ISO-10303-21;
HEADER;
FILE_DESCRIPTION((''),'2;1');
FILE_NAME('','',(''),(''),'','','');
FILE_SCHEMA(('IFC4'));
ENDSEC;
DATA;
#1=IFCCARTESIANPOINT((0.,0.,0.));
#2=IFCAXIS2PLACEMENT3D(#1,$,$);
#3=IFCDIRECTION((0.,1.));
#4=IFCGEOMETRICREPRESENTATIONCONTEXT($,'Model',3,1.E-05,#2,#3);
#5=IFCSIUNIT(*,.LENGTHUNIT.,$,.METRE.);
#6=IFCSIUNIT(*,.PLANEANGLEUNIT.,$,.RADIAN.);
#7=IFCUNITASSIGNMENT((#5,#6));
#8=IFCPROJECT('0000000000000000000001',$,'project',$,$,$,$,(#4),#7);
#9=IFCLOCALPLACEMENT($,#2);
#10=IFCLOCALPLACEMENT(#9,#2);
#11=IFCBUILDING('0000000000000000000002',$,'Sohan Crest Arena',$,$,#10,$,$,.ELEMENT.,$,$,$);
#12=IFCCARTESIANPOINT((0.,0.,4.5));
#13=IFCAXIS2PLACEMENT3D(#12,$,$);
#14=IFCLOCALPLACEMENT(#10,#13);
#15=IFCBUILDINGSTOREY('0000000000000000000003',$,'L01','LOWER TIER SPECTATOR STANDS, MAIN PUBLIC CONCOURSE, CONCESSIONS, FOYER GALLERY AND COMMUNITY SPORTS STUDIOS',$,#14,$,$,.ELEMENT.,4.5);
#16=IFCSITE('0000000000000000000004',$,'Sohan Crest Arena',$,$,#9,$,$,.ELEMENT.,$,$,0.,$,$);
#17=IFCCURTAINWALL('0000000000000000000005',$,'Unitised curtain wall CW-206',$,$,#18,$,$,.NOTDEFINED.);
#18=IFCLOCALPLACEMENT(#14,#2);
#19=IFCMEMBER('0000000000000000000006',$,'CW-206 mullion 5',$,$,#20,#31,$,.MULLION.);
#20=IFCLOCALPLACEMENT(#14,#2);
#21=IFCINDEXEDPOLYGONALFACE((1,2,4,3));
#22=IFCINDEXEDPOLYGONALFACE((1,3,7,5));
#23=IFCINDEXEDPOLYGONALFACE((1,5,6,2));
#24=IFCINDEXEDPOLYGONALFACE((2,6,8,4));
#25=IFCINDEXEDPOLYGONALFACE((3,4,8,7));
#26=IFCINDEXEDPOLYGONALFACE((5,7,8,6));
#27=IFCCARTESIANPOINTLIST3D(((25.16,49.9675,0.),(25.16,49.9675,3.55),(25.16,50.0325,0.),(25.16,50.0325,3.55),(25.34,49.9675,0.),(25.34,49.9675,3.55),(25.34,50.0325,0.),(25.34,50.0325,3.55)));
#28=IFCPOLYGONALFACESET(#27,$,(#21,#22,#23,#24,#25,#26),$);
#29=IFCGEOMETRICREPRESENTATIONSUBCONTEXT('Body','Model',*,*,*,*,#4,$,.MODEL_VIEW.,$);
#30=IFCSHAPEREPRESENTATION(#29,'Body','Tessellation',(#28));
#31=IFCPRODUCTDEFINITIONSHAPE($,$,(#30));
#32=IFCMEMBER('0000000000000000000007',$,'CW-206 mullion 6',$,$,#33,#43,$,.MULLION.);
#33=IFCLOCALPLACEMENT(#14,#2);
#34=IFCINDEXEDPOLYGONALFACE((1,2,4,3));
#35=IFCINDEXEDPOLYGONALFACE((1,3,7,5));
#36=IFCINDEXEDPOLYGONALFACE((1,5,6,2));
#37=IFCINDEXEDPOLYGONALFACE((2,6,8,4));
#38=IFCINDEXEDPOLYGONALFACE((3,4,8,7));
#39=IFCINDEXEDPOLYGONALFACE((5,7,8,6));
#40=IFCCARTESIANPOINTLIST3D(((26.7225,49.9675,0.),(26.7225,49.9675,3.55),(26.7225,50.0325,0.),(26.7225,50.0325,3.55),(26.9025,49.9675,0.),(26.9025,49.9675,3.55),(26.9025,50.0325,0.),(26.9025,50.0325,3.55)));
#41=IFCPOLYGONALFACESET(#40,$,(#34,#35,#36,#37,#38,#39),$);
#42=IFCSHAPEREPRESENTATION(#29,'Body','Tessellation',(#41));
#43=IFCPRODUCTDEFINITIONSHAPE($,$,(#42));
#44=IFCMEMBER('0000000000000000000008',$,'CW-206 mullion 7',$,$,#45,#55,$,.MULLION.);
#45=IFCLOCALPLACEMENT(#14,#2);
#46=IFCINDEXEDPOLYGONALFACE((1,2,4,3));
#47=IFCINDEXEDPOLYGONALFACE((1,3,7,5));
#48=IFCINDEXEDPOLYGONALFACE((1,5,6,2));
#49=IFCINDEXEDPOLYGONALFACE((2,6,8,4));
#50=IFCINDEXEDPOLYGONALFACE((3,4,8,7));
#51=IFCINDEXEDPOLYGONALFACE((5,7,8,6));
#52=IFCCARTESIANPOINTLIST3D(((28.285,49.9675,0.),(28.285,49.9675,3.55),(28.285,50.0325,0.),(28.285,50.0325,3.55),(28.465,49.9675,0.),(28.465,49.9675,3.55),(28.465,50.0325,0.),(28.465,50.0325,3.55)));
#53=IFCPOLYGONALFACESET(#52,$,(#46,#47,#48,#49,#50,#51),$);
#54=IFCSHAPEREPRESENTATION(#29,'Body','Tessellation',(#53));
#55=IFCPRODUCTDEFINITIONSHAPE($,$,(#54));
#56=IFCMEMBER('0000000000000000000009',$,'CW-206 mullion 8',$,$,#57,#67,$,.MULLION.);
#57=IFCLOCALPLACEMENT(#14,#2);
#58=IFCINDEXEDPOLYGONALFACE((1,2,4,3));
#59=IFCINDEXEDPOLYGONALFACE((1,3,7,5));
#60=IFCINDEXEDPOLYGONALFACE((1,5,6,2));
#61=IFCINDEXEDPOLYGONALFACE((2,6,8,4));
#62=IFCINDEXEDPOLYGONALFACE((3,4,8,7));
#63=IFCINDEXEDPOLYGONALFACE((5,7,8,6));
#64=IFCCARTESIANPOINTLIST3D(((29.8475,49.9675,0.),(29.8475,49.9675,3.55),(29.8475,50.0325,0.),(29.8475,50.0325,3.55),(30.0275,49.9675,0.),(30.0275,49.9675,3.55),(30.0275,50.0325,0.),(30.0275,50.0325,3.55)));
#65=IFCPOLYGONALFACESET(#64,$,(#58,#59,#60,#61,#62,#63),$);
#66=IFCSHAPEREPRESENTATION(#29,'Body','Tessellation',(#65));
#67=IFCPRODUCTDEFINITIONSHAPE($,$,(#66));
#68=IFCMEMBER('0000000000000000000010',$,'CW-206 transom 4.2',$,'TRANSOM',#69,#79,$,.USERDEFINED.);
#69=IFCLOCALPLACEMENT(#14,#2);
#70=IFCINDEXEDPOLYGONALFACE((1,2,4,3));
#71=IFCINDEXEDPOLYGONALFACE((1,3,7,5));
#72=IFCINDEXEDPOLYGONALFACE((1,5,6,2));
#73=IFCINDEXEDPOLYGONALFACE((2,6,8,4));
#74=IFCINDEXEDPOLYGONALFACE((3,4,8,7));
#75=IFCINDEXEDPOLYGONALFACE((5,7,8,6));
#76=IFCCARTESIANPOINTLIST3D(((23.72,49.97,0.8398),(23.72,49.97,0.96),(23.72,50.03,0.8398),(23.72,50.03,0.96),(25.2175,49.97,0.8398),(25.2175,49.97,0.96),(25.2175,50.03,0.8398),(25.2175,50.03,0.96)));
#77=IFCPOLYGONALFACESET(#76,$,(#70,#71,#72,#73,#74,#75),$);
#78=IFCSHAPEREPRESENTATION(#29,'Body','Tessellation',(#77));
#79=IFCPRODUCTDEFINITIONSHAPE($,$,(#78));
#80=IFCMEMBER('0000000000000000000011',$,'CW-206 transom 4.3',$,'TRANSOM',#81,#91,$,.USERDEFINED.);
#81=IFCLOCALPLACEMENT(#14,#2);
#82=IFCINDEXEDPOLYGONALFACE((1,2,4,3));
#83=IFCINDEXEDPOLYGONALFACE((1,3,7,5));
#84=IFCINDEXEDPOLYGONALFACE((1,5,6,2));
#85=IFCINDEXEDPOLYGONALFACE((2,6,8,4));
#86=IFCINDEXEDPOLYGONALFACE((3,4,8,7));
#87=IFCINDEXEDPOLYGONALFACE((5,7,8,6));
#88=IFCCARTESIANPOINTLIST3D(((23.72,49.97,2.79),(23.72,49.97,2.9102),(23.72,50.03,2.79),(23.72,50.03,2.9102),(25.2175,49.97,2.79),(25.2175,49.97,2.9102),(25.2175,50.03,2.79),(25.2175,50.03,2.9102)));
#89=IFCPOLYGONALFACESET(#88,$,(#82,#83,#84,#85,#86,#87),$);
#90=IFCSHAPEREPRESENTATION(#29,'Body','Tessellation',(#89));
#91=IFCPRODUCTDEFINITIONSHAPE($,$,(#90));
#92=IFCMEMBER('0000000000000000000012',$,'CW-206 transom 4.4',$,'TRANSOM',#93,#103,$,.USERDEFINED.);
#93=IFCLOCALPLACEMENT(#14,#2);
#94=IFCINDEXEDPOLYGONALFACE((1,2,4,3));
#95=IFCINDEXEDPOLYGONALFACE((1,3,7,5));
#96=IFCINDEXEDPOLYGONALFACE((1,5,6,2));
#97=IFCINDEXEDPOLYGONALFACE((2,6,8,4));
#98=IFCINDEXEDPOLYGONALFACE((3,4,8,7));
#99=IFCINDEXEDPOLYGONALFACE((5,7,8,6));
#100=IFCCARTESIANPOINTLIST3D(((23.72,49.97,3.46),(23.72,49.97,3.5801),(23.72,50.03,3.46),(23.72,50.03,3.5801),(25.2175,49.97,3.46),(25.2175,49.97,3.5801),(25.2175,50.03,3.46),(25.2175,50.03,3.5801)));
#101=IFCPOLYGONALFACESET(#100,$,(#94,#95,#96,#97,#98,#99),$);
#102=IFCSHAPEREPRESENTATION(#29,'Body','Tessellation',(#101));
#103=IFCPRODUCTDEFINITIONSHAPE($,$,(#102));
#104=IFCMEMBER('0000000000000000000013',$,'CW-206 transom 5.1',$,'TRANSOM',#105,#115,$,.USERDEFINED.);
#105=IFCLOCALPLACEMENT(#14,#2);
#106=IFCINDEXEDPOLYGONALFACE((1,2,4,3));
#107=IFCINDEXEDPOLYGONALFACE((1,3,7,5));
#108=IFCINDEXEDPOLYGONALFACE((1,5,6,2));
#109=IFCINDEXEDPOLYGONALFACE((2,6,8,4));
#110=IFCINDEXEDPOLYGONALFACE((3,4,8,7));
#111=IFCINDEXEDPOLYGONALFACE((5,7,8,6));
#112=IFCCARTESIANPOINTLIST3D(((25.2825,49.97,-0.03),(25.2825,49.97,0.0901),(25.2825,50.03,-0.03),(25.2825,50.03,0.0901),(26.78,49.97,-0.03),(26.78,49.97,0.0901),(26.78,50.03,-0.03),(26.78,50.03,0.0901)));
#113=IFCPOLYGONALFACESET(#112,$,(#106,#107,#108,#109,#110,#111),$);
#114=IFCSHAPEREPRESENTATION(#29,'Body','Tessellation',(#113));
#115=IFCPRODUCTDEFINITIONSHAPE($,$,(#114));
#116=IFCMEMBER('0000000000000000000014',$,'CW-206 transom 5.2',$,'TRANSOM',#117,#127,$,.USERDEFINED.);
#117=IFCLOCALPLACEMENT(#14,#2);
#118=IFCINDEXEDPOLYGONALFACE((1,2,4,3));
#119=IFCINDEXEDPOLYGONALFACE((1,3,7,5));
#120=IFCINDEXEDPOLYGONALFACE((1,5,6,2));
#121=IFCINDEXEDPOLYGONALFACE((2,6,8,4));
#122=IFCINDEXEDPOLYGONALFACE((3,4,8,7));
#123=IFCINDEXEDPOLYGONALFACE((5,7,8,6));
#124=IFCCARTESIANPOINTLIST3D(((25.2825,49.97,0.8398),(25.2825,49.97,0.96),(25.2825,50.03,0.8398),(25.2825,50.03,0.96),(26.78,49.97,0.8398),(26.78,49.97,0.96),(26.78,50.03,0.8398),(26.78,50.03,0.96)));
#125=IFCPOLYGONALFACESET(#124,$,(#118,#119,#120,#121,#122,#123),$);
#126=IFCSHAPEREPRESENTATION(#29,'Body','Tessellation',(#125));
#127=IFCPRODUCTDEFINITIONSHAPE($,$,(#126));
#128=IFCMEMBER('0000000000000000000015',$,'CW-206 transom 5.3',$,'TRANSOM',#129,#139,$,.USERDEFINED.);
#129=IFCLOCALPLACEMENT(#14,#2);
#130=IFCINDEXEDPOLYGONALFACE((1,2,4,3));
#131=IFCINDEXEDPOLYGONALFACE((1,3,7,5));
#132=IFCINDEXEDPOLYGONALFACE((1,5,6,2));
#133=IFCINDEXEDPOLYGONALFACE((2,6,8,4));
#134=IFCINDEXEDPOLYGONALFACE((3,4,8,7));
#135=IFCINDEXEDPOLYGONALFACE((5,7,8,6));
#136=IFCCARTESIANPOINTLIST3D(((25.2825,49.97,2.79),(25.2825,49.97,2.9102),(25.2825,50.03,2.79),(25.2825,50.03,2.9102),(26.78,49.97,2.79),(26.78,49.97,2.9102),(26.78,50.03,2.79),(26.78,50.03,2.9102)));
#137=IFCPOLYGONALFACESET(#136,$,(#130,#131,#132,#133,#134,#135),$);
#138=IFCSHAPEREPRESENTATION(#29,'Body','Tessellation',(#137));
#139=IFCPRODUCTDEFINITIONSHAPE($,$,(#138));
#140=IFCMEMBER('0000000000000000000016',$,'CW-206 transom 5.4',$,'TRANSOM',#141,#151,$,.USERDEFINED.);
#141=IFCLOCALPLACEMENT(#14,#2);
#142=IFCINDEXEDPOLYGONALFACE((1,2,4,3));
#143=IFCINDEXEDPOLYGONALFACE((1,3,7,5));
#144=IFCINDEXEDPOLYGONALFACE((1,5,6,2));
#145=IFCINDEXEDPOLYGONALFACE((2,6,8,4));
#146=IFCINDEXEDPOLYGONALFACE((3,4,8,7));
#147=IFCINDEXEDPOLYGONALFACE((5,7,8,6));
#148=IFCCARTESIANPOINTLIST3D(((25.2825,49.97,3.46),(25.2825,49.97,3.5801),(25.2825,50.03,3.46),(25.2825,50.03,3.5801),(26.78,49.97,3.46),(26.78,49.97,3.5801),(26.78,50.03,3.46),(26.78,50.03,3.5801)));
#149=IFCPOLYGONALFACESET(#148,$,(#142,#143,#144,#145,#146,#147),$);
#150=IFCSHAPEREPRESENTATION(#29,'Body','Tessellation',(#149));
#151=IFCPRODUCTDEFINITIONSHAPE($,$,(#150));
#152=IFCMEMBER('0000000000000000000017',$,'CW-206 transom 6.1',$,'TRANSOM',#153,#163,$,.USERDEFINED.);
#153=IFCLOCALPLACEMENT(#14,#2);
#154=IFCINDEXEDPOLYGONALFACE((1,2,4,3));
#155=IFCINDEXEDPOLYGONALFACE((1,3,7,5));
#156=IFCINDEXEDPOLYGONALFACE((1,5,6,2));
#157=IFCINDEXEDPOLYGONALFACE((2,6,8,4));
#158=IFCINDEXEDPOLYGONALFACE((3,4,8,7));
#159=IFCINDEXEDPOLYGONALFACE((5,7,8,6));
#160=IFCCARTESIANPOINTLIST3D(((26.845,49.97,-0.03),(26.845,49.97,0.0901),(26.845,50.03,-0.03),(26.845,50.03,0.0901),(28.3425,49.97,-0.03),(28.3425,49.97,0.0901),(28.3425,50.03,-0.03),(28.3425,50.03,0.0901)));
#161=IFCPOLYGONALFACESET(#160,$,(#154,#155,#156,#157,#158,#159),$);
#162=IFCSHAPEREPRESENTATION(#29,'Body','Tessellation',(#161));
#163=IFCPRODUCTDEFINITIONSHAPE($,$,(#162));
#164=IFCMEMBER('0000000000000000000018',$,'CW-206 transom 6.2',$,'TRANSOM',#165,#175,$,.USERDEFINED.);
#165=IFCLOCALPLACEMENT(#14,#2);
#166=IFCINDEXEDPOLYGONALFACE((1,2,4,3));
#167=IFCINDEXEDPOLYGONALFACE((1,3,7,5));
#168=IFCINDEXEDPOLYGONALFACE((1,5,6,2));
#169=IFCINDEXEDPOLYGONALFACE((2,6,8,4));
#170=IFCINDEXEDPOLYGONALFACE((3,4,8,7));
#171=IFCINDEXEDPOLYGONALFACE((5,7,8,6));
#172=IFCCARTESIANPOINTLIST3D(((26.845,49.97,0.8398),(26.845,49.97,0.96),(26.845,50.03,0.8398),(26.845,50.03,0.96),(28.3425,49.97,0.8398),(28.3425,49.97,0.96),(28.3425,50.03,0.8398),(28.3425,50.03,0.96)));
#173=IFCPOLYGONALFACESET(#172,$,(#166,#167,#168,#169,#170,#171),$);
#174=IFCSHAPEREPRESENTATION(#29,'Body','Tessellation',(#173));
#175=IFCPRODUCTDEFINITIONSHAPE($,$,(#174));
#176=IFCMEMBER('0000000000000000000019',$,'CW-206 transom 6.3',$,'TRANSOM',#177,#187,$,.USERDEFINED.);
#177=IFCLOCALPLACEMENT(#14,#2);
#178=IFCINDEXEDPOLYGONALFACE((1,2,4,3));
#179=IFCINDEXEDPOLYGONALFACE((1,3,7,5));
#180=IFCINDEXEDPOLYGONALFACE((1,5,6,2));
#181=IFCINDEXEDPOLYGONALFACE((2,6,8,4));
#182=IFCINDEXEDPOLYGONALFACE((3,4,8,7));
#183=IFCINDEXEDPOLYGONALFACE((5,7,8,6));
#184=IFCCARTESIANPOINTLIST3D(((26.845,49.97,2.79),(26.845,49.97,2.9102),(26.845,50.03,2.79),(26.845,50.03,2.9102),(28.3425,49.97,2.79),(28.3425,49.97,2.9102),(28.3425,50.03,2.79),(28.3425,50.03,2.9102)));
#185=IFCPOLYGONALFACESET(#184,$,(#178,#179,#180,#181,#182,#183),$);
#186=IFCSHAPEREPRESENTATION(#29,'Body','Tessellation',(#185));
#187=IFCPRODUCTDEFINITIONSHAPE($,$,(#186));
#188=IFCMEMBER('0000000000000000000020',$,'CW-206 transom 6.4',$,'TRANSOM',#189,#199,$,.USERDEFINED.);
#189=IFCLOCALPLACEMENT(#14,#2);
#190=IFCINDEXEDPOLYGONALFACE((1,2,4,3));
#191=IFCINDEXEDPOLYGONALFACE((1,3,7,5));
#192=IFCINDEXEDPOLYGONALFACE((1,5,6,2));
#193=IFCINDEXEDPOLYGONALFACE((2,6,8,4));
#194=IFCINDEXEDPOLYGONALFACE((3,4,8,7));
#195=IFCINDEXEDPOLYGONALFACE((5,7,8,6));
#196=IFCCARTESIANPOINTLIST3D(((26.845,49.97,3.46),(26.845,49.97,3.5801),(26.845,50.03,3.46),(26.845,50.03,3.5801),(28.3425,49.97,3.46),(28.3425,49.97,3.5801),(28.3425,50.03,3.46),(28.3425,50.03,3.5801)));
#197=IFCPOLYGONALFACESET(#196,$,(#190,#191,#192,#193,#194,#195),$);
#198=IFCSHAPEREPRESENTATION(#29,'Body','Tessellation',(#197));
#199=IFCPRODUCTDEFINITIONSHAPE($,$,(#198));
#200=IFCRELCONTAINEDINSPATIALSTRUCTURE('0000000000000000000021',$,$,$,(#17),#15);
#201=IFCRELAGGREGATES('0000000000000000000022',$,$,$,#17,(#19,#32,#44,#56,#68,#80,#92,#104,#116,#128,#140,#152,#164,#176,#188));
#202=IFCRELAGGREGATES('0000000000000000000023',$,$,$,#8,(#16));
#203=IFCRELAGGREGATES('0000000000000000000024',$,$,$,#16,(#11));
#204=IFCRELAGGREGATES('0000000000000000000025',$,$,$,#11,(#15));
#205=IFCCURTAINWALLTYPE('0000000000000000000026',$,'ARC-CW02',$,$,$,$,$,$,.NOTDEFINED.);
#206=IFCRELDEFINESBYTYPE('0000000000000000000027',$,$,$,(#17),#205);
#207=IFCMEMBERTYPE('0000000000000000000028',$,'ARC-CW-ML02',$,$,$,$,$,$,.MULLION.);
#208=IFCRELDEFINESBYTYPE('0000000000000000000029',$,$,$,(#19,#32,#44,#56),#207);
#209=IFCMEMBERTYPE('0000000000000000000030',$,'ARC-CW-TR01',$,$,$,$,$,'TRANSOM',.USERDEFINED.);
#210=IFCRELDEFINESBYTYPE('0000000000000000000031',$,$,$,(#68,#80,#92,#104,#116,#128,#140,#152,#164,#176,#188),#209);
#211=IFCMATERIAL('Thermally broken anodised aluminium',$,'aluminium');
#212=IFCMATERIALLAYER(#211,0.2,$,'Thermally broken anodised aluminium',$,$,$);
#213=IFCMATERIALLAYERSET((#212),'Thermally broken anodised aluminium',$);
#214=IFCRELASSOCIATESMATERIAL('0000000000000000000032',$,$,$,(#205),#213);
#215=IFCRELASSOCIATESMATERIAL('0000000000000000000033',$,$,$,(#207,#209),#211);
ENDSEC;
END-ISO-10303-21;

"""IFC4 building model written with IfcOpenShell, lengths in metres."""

from ifc_helpers import new_model, si_unit, direction, frame, origin, origin_2d, place, context, subcontext, project, spatial, rectangle, extrude, material, layer, layer_set, material_profile, profile_set, type_object, element, aggregate, save


model = new_model("IFC4")

# Units and contexts
model_context = context("Model", 3, precision=1e-05, world=origin(), true_north=direction((0.0, 1.0)))
body_context = subcontext(model_context, "Body", "Model", "MODEL_VIEW")
ifc_project = project(units=[si_unit("LENGTHUNIT", "METRE"), si_unit("PLANEANGLEUNIT", "RADIAN")], contexts=[model_context])

# Site, building, storey
site_placement = place(None, origin())
site = spatial("IfcSite", under=ifc_project, at=site_placement, Name="Sohan Crest Arena", CompositionType="ELEMENT", RefElevation=0.0)
building_placement = place(site_placement, origin())
building = spatial("IfcBuilding", under=site, at=building_placement, Name="Sohan Crest Arena", CompositionType="ELEMENT")
storey_placement = place(building_placement, frame((0.0, 0.0, 4.5)))
storey = spatial("IfcBuildingStorey", under=building, at=storey_placement, Name="L01", Description="LOWER TIER SPECTATOR STANDS, MAIN PUBLIC CONCOURSE, CONCESSIONS, FOYER GALLERY AND COMMUNITY SPORTS STUDIOS", CompositionType="ELEMENT", Elevation=4.5)

# Curtain wall, members
ifc_material_1 = material(Name="Thermally broken anodised aluminium", Category="aluminium")
ifc_layer_1 = layer(ifc_material_1, 0.2, Name="Thermally broken anodised aluminium")
ifc_layer_set_1 = layer_set([ifc_layer_1], Name="Thermally broken anodised aluminium")
curtain_wall_type = type_object("IfcCurtainWallType", Name="ARC-CW02", PredefinedType="NOTDEFINED", material=ifc_layer_set_1)
curtain_wall_placement = place(storey_placement, origin())
curtain_wall = element("IfcCurtainWall", 1, at=curtain_wall_placement, inside=storey, type_object=curtain_wall_type, Name="Unitised curtain wall CW-206", PredefinedType="NOTDEFINED")
ifc_material_profile_1 = material_profile(ifc_material_1, rectangle(XDim=0.0649, YDim=0.1799, at=origin_2d()), Name="ALU-MULL 65x180")
ifc_profile_set_1 = profile_set([ifc_material_profile_1], Name="Thermally broken anodised aluminium")
member_type_1 = type_object("IfcMemberType", Name="ARC-CW-ML02", PredefinedType="MULLION", material=ifc_profile_set_1)
member_1_placement = place(storey_placement, frame((25.25, 50.0, 0.0), z_axis=(0.0, 0.0, 1.0), x_axis=(0.0, 1.0, 0.0)))
member_1 = element("IfcMember", 2, at=member_1_placement, type_object=member_type_1, Name="CW-206 mullion 5", PredefinedType="MULLION", context=body_context, shape_type="SweptSolid", body=[
    extrude(rectangle(XDim=0.0649, YDim=0.1799, at=origin_2d()), origin(), (0.0, 0.0, 1.0), 3.55),
])
member_2_placement = place(storey_placement, frame((26.8125, 50.0, 0.0), z_axis=(0.0, 0.0, 1.0), x_axis=(0.0, 1.0, 0.0)))
member_2 = element("IfcMember", 3, at=member_2_placement, type_object=member_type_1, Name="CW-206 mullion 6", PredefinedType="MULLION", context=body_context, shape_type="SweptSolid", body=[
    extrude(rectangle(XDim=0.0649, YDim=0.1799, at=origin_2d()), origin(), (0.0, 0.0, 1.0), 3.55),
])
member_3_placement = place(storey_placement, frame((28.375, 50.0, 0.0), z_axis=(0.0, 0.0, 1.0), x_axis=(0.0, 1.0, 0.0)))
member_3 = element("IfcMember", 4, at=member_3_placement, type_object=member_type_1, Name="CW-206 mullion 7", PredefinedType="MULLION", context=body_context, shape_type="SweptSolid", body=[
    extrude(rectangle(XDim=0.0649, YDim=0.1799, at=origin_2d()), origin(), (0.0, 0.0, 1.0), 3.55),
])
member_4_placement = place(storey_placement, frame((29.9375, 50.0, 0.0), z_axis=(0.0, 0.0, 1.0), x_axis=(0.0, 1.0, 0.0)))
member_4 = element("IfcMember", 5, at=member_4_placement, type_object=member_type_1, Name="CW-206 mullion 8", PredefinedType="MULLION", context=body_context, shape_type="SweptSolid", body=[
    extrude(rectangle(XDim=0.0649, YDim=0.1799, at=origin_2d()), origin(), (0.0, 0.0, 1.0), 3.55),
])
ifc_material_profile_2 = material_profile(ifc_material_1, rectangle(XDim=0.0601, YDim=0.1201, at=origin_2d()), Name="ALU-TRAN 60x120")
ifc_profile_set_2 = profile_set([ifc_material_profile_2], Name="Thermally broken anodised aluminium")
member_type_2 = type_object("IfcMemberType", Name="ARC-CW-TR01", ElementType="TRANSOM", PredefinedType="USERDEFINED", material=ifc_profile_set_2)
member_5_placement = place(storey_placement, frame((23.72, 50.0, 0.8999), z_axis=(1.0, 0.0, 0.0), x_axis=(0.0, 1.0, 0.0)))
member_5 = element("IfcMember", 6, at=member_5_placement, type_object=member_type_2, Name="CW-206 transom 4.2", ObjectType="TRANSOM", PredefinedType="USERDEFINED", context=body_context, shape_type="SweptSolid", body=[
    extrude(rectangle(XDim=0.0601, YDim=0.1201, at=origin_2d()), origin(), (0.0, 0.0, 1.0), 1.4976),
])
member_6_placement = place(storey_placement, frame((23.72, 50.0, 2.8501), z_axis=(1.0, 0.0, 0.0), x_axis=(0.0, 1.0, 0.0)))
member_6 = element("IfcMember", 7, at=member_6_placement, type_object=member_type_2, Name="CW-206 transom 4.3", ObjectType="TRANSOM", PredefinedType="USERDEFINED", context=body_context, shape_type="SweptSolid", body=[
    extrude(rectangle(XDim=0.0601, YDim=0.1201, at=origin_2d()), origin(), (0.0, 0.0, 1.0), 1.4976),
])
member_7_placement = place(storey_placement, frame((23.72, 50.0, 3.52), z_axis=(1.0, 0.0, 0.0), x_axis=(0.0, 1.0, 0.0)))
member_7 = element("IfcMember", 8, at=member_7_placement, type_object=member_type_2, Name="CW-206 transom 4.4", ObjectType="TRANSOM", PredefinedType="USERDEFINED", context=body_context, shape_type="SweptSolid", body=[
    extrude(rectangle(XDim=0.0601, YDim=0.1201, at=origin_2d()), origin(), (0.0, 0.0, 1.0), 1.4976),
])
member_8_placement = place(storey_placement, frame((25.2825, 50.0, 0.03), z_axis=(1.0, 0.0, 0.0), x_axis=(0.0, 1.0, 0.0)))
member_8 = element("IfcMember", 9, at=member_8_placement, type_object=member_type_2, Name="CW-206 transom 5.1", ObjectType="TRANSOM", PredefinedType="USERDEFINED", context=body_context, shape_type="SweptSolid", body=[
    extrude(rectangle(XDim=0.0601, YDim=0.1201, at=origin_2d()), origin(), (0.0, 0.0, 1.0), 1.4976),
])
member_9_placement = place(storey_placement, frame((25.2825, 50.0, 0.8999), z_axis=(1.0, 0.0, 0.0), x_axis=(0.0, 1.0, 0.0)))
member_9 = element("IfcMember", 10, at=member_9_placement, type_object=member_type_2, Name="CW-206 transom 5.2", ObjectType="TRANSOM", PredefinedType="USERDEFINED", context=body_context, shape_type="SweptSolid", body=[
    extrude(rectangle(XDim=0.0601, YDim=0.1201, at=origin_2d()), origin(), (0.0, 0.0, 1.0), 1.4976),
])
member_10_placement = place(storey_placement, frame((25.2825, 50.0, 2.8501), z_axis=(1.0, 0.0, 0.0), x_axis=(0.0, 1.0, 0.0)))
member_10 = element("IfcMember", 11, at=member_10_placement, type_object=member_type_2, Name="CW-206 transom 5.3", ObjectType="TRANSOM", PredefinedType="USERDEFINED", context=body_context, shape_type="SweptSolid", body=[
    extrude(rectangle(XDim=0.0601, YDim=0.1201, at=origin_2d()), origin(), (0.0, 0.0, 1.0), 1.4976),
])
member_11_placement = place(storey_placement, frame((25.2825, 50.0, 3.52), z_axis=(1.0, 0.0, 0.0), x_axis=(0.0, 1.0, 0.0)))
member_11 = element("IfcMember", 12, at=member_11_placement, type_object=member_type_2, Name="CW-206 transom 5.4", ObjectType="TRANSOM", PredefinedType="USERDEFINED", context=body_context, shape_type="SweptSolid", body=[
    extrude(rectangle(XDim=0.0601, YDim=0.1201, at=origin_2d()), origin(), (0.0, 0.0, 1.0), 1.4976),
])
member_12_placement = place(storey_placement, frame((26.845, 50.0, 0.03), z_axis=(1.0, 0.0, 0.0), x_axis=(0.0, 1.0, 0.0)))
member_12 = element("IfcMember", 13, at=member_12_placement, type_object=member_type_2, Name="CW-206 transom 6.1", ObjectType="TRANSOM", PredefinedType="USERDEFINED", context=body_context, shape_type="SweptSolid", body=[
    extrude(rectangle(XDim=0.0601, YDim=0.1201, at=origin_2d()), origin(), (0.0, 0.0, 1.0), 1.4976),
])
member_13_placement = place(storey_placement, frame((26.845, 50.0, 0.8999), z_axis=(1.0, 0.0, 0.0), x_axis=(0.0, 1.0, 0.0)))
member_13 = element("IfcMember", 14, at=member_13_placement, type_object=member_type_2, Name="CW-206 transom 6.2", ObjectType="TRANSOM", PredefinedType="USERDEFINED", context=body_context, shape_type="SweptSolid", body=[
    extrude(rectangle(XDim=0.0601, YDim=0.1201, at=origin_2d()), origin(), (0.0, 0.0, 1.0), 1.4976),
])
member_14_placement = place(storey_placement, frame((26.845, 50.0, 2.8501), z_axis=(1.0, 0.0, 0.0), x_axis=(0.0, 1.0, 0.0)))
member_14 = element("IfcMember", 15, at=member_14_placement, type_object=member_type_2, Name="CW-206 transom 6.3", ObjectType="TRANSOM", PredefinedType="USERDEFINED", context=body_context, shape_type="SweptSolid", body=[
    extrude(rectangle(XDim=0.0601, YDim=0.1201, at=origin_2d()), origin(), (0.0, 0.0, 1.0), 1.4976),
])
member_15_placement = place(storey_placement, frame((26.845, 50.0, 3.52), z_axis=(1.0, 0.0, 0.0), x_axis=(0.0, 1.0, 0.0)))
member_15 = element("IfcMember", 16, at=member_15_placement, type_object=member_type_2, Name="CW-206 transom 6.4", ObjectType="TRANSOM", PredefinedType="USERDEFINED", context=body_context, shape_type="SweptSolid", body=[
    extrude(rectangle(XDim=0.0601, YDim=0.1201, at=origin_2d()), origin(), (0.0, 0.0, 1.0), 1.4976),
])
aggregate(curtain_wall, [member_1, member_2, member_3, member_4, member_5, member_6, member_7, member_8, member_9, member_10, member_11, member_12, member_13, member_14, member_15])

save(model, "model.ifc")
